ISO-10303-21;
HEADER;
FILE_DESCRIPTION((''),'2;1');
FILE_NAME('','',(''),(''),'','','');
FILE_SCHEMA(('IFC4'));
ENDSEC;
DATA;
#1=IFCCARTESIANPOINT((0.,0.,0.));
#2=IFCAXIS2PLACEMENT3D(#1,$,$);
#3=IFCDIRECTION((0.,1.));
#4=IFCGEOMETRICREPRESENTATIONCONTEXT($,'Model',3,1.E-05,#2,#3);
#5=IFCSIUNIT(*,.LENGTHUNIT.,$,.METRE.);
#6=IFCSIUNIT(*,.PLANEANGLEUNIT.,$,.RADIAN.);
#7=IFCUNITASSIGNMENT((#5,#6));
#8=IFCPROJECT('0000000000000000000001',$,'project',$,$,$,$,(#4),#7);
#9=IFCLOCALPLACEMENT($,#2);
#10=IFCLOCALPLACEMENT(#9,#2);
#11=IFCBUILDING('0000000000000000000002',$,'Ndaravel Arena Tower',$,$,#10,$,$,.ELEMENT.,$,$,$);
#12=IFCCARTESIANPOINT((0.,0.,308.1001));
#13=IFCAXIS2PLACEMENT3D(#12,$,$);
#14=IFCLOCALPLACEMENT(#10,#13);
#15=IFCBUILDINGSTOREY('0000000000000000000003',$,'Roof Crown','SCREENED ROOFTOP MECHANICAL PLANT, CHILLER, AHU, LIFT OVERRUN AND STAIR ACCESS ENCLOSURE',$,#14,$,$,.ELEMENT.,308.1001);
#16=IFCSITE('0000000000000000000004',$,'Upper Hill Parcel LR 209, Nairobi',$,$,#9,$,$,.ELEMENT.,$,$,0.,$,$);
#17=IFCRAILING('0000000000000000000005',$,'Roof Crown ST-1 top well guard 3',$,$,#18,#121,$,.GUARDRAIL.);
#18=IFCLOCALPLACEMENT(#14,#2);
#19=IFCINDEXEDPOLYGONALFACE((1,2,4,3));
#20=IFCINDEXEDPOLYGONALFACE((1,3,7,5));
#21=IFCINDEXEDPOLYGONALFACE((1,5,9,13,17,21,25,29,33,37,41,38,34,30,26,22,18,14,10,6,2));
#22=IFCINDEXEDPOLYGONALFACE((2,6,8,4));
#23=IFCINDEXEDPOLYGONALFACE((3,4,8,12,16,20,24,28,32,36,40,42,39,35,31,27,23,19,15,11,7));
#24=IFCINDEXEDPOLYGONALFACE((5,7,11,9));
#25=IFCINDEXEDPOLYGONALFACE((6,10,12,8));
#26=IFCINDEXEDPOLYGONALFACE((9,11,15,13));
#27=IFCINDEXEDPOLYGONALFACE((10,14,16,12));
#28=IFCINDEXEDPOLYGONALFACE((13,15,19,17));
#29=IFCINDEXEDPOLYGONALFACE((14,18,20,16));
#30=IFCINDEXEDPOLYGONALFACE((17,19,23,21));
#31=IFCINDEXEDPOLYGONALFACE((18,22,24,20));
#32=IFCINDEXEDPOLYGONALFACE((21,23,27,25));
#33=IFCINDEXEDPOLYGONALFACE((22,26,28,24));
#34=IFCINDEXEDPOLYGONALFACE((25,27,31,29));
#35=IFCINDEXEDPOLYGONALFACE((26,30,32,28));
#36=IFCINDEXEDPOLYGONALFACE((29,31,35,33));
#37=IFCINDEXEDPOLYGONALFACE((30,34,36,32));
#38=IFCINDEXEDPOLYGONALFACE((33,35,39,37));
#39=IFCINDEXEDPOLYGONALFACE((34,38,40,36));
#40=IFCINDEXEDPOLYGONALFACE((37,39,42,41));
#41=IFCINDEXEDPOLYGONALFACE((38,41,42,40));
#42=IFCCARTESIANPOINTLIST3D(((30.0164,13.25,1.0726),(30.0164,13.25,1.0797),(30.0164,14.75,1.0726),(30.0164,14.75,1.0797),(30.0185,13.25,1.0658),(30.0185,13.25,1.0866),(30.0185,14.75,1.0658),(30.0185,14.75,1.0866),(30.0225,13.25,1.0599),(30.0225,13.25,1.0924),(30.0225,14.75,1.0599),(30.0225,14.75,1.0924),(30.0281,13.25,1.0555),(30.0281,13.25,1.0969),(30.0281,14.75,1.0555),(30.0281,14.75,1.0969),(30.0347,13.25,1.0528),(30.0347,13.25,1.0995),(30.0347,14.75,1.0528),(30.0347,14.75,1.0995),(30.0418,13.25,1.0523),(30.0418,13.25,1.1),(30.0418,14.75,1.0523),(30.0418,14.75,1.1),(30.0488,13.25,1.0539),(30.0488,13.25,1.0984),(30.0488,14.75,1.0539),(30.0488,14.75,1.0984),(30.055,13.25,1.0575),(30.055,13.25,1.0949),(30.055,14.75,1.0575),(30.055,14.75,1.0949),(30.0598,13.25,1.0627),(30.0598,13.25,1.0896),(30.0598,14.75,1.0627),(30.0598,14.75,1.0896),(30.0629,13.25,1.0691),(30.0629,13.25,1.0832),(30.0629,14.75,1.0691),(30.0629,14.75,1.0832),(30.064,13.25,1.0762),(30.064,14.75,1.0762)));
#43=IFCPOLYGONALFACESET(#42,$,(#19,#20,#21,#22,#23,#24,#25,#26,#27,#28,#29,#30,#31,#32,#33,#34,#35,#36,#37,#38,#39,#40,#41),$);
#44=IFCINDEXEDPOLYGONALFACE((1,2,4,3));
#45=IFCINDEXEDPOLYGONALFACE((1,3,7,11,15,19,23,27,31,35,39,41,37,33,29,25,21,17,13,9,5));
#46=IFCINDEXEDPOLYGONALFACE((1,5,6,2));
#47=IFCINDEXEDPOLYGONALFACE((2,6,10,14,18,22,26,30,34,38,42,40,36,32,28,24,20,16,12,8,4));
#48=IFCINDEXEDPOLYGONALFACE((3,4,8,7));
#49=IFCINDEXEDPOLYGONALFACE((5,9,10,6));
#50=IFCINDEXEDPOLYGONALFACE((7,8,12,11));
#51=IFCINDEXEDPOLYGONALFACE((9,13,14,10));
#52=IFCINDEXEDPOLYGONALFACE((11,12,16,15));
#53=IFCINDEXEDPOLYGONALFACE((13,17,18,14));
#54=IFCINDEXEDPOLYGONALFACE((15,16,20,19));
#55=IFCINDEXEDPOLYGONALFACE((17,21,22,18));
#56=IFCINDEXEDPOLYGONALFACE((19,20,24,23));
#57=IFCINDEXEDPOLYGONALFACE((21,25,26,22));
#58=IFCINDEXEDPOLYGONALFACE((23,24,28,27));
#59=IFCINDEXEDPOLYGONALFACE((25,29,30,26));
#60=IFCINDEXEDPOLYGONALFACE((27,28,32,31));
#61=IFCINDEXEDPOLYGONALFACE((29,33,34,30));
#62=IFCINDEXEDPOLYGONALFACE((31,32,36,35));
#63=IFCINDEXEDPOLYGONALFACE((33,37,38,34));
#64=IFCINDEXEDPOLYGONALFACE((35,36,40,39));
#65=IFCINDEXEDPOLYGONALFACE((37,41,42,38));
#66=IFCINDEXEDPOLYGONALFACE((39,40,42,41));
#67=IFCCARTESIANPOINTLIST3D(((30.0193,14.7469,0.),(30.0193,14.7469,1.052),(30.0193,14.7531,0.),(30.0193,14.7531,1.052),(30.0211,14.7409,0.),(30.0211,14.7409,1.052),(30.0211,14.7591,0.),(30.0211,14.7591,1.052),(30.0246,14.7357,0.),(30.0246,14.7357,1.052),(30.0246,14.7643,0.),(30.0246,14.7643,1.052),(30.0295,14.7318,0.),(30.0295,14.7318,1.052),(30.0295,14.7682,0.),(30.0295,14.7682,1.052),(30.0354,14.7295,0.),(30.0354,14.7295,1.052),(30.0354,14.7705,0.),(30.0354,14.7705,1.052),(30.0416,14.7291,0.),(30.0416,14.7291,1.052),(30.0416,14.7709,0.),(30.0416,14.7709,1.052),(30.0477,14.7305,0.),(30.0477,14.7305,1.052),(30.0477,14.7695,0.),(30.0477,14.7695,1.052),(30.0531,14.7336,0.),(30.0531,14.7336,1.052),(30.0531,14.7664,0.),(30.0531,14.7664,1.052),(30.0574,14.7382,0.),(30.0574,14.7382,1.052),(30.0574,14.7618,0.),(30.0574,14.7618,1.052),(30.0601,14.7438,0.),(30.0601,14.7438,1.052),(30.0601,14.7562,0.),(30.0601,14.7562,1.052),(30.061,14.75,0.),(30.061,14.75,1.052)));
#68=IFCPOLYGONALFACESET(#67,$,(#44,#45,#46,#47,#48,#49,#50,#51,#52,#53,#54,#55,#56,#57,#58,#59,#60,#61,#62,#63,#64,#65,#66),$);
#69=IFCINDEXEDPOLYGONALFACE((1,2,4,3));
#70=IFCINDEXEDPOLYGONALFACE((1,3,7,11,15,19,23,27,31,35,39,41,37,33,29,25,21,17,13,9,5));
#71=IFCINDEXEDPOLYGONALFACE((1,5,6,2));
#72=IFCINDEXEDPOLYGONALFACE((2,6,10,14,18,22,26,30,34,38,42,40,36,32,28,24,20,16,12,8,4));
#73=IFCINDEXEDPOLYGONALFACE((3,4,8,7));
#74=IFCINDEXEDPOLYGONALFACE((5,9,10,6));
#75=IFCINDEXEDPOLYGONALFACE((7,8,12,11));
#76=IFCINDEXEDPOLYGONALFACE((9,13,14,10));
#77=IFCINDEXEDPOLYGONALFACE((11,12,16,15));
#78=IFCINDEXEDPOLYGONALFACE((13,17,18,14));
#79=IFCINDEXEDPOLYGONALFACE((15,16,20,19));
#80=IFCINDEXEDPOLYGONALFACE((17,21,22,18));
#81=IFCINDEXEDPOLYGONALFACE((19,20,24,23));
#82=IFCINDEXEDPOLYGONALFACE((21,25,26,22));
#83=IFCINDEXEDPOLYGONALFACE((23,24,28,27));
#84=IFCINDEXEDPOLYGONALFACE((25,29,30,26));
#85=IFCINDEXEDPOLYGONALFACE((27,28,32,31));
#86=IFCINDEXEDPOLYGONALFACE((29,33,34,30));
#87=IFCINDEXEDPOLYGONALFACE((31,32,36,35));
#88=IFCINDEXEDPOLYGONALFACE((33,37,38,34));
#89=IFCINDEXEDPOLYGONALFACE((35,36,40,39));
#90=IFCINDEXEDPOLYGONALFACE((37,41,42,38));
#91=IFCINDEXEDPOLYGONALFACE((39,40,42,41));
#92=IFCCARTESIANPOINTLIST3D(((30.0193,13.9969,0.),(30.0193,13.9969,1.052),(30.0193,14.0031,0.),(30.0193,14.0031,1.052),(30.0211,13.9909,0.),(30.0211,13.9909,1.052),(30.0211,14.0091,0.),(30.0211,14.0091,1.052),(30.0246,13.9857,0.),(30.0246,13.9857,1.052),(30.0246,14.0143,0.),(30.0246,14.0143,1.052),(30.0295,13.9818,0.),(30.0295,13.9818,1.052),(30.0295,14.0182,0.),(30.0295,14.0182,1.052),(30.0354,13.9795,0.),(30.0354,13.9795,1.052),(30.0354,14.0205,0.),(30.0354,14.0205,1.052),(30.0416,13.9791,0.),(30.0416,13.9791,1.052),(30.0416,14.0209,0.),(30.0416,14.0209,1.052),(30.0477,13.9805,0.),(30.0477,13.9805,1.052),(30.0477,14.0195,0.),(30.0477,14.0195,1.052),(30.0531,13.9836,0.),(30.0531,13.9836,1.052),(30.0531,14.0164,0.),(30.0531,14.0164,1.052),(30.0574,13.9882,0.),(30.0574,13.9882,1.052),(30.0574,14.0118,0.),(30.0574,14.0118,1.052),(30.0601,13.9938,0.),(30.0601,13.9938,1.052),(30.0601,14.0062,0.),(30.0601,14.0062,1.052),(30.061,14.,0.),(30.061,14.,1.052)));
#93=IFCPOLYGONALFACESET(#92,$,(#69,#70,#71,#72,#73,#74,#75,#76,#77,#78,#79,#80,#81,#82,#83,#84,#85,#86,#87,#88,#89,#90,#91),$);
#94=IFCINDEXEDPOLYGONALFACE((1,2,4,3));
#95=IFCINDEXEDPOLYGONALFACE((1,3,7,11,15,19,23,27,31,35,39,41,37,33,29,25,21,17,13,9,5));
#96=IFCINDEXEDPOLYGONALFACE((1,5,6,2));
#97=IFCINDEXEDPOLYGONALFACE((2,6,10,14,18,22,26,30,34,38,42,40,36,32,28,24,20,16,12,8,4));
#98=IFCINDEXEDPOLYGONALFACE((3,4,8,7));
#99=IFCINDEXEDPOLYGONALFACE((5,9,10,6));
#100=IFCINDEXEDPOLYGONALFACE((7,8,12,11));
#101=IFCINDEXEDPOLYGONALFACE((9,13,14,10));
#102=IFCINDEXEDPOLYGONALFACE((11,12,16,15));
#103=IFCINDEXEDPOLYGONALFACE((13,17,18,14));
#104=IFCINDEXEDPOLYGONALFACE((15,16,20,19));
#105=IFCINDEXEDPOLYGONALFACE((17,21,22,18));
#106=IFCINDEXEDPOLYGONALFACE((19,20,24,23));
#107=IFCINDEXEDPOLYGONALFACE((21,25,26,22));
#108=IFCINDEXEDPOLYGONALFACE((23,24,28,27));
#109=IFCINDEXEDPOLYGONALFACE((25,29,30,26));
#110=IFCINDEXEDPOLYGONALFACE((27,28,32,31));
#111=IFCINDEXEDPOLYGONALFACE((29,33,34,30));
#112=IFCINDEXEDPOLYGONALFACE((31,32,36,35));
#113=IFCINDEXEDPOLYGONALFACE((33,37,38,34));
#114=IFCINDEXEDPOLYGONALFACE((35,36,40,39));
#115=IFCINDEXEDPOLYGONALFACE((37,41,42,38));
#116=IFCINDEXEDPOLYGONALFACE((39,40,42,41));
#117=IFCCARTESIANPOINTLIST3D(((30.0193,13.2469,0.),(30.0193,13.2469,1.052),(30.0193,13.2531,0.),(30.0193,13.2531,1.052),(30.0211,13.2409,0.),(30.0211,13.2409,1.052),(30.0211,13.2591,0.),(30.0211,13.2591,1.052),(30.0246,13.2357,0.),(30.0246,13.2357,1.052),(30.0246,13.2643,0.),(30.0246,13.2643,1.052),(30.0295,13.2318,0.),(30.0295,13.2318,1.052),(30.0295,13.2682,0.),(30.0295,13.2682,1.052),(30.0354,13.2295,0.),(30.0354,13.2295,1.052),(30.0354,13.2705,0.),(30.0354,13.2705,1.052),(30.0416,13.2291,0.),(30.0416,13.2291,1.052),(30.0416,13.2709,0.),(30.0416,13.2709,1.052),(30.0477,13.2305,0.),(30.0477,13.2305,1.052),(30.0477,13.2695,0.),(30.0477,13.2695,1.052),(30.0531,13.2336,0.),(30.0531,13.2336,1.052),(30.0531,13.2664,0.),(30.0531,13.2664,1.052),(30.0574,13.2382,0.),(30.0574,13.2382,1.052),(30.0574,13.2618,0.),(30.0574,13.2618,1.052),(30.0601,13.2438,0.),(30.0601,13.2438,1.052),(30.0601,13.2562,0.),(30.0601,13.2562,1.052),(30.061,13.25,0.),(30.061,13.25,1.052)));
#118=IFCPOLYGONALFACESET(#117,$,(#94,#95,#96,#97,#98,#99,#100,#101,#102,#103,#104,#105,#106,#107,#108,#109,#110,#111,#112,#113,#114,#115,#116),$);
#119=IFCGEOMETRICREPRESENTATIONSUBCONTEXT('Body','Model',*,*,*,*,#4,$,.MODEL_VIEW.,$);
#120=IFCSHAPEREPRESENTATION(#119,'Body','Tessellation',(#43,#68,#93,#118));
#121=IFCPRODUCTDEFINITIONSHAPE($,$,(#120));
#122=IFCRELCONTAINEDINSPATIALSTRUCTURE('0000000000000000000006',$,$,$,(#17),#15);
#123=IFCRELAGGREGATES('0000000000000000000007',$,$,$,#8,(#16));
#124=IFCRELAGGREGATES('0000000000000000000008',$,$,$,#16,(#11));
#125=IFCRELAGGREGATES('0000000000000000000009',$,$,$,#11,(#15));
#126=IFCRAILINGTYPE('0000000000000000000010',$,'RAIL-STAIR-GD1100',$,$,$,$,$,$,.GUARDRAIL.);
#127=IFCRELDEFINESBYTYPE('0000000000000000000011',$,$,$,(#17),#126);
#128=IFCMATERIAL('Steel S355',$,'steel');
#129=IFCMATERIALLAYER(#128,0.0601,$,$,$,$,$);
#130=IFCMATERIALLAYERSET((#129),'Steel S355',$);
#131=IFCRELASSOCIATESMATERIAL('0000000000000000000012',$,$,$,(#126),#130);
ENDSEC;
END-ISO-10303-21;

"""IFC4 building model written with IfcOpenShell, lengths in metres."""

from ifc_helpers import new_model, si_unit, direction, frame, origin, origin_2d, place, context, subcontext, project, spatial, circle, extrude, material, layer, layer_set, type_object, element, save


model = new_model("IFC4")

# Units and contexts
model_context = context("Model", 3, precision=1e-05, world=origin(), true_north=direction((0.0, 1.0)))
body_context = subcontext(model_context, "Body", "Model", "MODEL_VIEW")
ifc_project = project(units=[si_unit("LENGTHUNIT", "METRE"), si_unit("PLANEANGLEUNIT", "RADIAN")], contexts=[model_context])

# Site, building, storey
site_placement = place(None, origin())
site = spatial("IfcSite", under=ifc_project, at=site_placement, Name="Upper Hill Parcel LR 209, Nairobi", CompositionType="ELEMENT", RefElevation=0.0)
building_placement = place(site_placement, origin())
building = spatial("IfcBuilding", under=site, at=building_placement, Name="Ndaravel Arena Tower", CompositionType="ELEMENT")
storey_placement = place(building_placement, frame((0.0, 0.0, 308.1001)))
storey = spatial("IfcBuildingStorey", under=building, at=storey_placement, Name="Roof Crown", Description="SCREENED ROOFTOP MECHANICAL PLANT, CHILLER, AHU, LIFT OVERRUN AND STAIR ACCESS ENCLOSURE", CompositionType="ELEMENT", Elevation=308.1001)

# Railing
ifc_material_1 = material(Name="Steel S355", Category="steel")
ifc_layer_1 = layer(ifc_material_1, 0.0601)
ifc_layer_set_1 = layer_set([ifc_layer_1], Name="Steel S355")
railing_type = type_object("IfcRailingType", Name="RAIL-STAIR-GD1100", PredefinedType="GUARDRAIL", material=ifc_layer_set_1)
railing_1_placement = place(storey_placement, frame((30.04, 14.75, 0.0)))
element("IfcRailing", 1, at=railing_1_placement, inside=storey, type_object=railing_type, Name="Roof Crown ST-1 top well guard 3", PredefinedType="GUARDRAIL", context=body_context, shape_type="SweptSolid", body=[
    extrude(circle(Radius=0.0239, at=origin_2d()), frame((0.0, 0.0, 1.0762), z_axis=(0.0, -1.0, 0.0), x_axis=(1.0, 0.0, 0.0)), (0.0, 0.0, 1.0), 1.5),
    extrude(circle(Radius=0.021, at=origin_2d()), origin(), (0.0, 0.0, 1.0), 1.052),
    extrude(circle(Radius=0.021, at=origin_2d()), frame((0.0, -0.75, 0.0)), (0.0, 0.0, 1.0), 1.052),
    extrude(circle(Radius=0.021, at=origin_2d()), frame((0.0, -1.5, 0.0)), (0.0, 0.0, 1.0), 1.052),
])

save(model, "model.ifc")
